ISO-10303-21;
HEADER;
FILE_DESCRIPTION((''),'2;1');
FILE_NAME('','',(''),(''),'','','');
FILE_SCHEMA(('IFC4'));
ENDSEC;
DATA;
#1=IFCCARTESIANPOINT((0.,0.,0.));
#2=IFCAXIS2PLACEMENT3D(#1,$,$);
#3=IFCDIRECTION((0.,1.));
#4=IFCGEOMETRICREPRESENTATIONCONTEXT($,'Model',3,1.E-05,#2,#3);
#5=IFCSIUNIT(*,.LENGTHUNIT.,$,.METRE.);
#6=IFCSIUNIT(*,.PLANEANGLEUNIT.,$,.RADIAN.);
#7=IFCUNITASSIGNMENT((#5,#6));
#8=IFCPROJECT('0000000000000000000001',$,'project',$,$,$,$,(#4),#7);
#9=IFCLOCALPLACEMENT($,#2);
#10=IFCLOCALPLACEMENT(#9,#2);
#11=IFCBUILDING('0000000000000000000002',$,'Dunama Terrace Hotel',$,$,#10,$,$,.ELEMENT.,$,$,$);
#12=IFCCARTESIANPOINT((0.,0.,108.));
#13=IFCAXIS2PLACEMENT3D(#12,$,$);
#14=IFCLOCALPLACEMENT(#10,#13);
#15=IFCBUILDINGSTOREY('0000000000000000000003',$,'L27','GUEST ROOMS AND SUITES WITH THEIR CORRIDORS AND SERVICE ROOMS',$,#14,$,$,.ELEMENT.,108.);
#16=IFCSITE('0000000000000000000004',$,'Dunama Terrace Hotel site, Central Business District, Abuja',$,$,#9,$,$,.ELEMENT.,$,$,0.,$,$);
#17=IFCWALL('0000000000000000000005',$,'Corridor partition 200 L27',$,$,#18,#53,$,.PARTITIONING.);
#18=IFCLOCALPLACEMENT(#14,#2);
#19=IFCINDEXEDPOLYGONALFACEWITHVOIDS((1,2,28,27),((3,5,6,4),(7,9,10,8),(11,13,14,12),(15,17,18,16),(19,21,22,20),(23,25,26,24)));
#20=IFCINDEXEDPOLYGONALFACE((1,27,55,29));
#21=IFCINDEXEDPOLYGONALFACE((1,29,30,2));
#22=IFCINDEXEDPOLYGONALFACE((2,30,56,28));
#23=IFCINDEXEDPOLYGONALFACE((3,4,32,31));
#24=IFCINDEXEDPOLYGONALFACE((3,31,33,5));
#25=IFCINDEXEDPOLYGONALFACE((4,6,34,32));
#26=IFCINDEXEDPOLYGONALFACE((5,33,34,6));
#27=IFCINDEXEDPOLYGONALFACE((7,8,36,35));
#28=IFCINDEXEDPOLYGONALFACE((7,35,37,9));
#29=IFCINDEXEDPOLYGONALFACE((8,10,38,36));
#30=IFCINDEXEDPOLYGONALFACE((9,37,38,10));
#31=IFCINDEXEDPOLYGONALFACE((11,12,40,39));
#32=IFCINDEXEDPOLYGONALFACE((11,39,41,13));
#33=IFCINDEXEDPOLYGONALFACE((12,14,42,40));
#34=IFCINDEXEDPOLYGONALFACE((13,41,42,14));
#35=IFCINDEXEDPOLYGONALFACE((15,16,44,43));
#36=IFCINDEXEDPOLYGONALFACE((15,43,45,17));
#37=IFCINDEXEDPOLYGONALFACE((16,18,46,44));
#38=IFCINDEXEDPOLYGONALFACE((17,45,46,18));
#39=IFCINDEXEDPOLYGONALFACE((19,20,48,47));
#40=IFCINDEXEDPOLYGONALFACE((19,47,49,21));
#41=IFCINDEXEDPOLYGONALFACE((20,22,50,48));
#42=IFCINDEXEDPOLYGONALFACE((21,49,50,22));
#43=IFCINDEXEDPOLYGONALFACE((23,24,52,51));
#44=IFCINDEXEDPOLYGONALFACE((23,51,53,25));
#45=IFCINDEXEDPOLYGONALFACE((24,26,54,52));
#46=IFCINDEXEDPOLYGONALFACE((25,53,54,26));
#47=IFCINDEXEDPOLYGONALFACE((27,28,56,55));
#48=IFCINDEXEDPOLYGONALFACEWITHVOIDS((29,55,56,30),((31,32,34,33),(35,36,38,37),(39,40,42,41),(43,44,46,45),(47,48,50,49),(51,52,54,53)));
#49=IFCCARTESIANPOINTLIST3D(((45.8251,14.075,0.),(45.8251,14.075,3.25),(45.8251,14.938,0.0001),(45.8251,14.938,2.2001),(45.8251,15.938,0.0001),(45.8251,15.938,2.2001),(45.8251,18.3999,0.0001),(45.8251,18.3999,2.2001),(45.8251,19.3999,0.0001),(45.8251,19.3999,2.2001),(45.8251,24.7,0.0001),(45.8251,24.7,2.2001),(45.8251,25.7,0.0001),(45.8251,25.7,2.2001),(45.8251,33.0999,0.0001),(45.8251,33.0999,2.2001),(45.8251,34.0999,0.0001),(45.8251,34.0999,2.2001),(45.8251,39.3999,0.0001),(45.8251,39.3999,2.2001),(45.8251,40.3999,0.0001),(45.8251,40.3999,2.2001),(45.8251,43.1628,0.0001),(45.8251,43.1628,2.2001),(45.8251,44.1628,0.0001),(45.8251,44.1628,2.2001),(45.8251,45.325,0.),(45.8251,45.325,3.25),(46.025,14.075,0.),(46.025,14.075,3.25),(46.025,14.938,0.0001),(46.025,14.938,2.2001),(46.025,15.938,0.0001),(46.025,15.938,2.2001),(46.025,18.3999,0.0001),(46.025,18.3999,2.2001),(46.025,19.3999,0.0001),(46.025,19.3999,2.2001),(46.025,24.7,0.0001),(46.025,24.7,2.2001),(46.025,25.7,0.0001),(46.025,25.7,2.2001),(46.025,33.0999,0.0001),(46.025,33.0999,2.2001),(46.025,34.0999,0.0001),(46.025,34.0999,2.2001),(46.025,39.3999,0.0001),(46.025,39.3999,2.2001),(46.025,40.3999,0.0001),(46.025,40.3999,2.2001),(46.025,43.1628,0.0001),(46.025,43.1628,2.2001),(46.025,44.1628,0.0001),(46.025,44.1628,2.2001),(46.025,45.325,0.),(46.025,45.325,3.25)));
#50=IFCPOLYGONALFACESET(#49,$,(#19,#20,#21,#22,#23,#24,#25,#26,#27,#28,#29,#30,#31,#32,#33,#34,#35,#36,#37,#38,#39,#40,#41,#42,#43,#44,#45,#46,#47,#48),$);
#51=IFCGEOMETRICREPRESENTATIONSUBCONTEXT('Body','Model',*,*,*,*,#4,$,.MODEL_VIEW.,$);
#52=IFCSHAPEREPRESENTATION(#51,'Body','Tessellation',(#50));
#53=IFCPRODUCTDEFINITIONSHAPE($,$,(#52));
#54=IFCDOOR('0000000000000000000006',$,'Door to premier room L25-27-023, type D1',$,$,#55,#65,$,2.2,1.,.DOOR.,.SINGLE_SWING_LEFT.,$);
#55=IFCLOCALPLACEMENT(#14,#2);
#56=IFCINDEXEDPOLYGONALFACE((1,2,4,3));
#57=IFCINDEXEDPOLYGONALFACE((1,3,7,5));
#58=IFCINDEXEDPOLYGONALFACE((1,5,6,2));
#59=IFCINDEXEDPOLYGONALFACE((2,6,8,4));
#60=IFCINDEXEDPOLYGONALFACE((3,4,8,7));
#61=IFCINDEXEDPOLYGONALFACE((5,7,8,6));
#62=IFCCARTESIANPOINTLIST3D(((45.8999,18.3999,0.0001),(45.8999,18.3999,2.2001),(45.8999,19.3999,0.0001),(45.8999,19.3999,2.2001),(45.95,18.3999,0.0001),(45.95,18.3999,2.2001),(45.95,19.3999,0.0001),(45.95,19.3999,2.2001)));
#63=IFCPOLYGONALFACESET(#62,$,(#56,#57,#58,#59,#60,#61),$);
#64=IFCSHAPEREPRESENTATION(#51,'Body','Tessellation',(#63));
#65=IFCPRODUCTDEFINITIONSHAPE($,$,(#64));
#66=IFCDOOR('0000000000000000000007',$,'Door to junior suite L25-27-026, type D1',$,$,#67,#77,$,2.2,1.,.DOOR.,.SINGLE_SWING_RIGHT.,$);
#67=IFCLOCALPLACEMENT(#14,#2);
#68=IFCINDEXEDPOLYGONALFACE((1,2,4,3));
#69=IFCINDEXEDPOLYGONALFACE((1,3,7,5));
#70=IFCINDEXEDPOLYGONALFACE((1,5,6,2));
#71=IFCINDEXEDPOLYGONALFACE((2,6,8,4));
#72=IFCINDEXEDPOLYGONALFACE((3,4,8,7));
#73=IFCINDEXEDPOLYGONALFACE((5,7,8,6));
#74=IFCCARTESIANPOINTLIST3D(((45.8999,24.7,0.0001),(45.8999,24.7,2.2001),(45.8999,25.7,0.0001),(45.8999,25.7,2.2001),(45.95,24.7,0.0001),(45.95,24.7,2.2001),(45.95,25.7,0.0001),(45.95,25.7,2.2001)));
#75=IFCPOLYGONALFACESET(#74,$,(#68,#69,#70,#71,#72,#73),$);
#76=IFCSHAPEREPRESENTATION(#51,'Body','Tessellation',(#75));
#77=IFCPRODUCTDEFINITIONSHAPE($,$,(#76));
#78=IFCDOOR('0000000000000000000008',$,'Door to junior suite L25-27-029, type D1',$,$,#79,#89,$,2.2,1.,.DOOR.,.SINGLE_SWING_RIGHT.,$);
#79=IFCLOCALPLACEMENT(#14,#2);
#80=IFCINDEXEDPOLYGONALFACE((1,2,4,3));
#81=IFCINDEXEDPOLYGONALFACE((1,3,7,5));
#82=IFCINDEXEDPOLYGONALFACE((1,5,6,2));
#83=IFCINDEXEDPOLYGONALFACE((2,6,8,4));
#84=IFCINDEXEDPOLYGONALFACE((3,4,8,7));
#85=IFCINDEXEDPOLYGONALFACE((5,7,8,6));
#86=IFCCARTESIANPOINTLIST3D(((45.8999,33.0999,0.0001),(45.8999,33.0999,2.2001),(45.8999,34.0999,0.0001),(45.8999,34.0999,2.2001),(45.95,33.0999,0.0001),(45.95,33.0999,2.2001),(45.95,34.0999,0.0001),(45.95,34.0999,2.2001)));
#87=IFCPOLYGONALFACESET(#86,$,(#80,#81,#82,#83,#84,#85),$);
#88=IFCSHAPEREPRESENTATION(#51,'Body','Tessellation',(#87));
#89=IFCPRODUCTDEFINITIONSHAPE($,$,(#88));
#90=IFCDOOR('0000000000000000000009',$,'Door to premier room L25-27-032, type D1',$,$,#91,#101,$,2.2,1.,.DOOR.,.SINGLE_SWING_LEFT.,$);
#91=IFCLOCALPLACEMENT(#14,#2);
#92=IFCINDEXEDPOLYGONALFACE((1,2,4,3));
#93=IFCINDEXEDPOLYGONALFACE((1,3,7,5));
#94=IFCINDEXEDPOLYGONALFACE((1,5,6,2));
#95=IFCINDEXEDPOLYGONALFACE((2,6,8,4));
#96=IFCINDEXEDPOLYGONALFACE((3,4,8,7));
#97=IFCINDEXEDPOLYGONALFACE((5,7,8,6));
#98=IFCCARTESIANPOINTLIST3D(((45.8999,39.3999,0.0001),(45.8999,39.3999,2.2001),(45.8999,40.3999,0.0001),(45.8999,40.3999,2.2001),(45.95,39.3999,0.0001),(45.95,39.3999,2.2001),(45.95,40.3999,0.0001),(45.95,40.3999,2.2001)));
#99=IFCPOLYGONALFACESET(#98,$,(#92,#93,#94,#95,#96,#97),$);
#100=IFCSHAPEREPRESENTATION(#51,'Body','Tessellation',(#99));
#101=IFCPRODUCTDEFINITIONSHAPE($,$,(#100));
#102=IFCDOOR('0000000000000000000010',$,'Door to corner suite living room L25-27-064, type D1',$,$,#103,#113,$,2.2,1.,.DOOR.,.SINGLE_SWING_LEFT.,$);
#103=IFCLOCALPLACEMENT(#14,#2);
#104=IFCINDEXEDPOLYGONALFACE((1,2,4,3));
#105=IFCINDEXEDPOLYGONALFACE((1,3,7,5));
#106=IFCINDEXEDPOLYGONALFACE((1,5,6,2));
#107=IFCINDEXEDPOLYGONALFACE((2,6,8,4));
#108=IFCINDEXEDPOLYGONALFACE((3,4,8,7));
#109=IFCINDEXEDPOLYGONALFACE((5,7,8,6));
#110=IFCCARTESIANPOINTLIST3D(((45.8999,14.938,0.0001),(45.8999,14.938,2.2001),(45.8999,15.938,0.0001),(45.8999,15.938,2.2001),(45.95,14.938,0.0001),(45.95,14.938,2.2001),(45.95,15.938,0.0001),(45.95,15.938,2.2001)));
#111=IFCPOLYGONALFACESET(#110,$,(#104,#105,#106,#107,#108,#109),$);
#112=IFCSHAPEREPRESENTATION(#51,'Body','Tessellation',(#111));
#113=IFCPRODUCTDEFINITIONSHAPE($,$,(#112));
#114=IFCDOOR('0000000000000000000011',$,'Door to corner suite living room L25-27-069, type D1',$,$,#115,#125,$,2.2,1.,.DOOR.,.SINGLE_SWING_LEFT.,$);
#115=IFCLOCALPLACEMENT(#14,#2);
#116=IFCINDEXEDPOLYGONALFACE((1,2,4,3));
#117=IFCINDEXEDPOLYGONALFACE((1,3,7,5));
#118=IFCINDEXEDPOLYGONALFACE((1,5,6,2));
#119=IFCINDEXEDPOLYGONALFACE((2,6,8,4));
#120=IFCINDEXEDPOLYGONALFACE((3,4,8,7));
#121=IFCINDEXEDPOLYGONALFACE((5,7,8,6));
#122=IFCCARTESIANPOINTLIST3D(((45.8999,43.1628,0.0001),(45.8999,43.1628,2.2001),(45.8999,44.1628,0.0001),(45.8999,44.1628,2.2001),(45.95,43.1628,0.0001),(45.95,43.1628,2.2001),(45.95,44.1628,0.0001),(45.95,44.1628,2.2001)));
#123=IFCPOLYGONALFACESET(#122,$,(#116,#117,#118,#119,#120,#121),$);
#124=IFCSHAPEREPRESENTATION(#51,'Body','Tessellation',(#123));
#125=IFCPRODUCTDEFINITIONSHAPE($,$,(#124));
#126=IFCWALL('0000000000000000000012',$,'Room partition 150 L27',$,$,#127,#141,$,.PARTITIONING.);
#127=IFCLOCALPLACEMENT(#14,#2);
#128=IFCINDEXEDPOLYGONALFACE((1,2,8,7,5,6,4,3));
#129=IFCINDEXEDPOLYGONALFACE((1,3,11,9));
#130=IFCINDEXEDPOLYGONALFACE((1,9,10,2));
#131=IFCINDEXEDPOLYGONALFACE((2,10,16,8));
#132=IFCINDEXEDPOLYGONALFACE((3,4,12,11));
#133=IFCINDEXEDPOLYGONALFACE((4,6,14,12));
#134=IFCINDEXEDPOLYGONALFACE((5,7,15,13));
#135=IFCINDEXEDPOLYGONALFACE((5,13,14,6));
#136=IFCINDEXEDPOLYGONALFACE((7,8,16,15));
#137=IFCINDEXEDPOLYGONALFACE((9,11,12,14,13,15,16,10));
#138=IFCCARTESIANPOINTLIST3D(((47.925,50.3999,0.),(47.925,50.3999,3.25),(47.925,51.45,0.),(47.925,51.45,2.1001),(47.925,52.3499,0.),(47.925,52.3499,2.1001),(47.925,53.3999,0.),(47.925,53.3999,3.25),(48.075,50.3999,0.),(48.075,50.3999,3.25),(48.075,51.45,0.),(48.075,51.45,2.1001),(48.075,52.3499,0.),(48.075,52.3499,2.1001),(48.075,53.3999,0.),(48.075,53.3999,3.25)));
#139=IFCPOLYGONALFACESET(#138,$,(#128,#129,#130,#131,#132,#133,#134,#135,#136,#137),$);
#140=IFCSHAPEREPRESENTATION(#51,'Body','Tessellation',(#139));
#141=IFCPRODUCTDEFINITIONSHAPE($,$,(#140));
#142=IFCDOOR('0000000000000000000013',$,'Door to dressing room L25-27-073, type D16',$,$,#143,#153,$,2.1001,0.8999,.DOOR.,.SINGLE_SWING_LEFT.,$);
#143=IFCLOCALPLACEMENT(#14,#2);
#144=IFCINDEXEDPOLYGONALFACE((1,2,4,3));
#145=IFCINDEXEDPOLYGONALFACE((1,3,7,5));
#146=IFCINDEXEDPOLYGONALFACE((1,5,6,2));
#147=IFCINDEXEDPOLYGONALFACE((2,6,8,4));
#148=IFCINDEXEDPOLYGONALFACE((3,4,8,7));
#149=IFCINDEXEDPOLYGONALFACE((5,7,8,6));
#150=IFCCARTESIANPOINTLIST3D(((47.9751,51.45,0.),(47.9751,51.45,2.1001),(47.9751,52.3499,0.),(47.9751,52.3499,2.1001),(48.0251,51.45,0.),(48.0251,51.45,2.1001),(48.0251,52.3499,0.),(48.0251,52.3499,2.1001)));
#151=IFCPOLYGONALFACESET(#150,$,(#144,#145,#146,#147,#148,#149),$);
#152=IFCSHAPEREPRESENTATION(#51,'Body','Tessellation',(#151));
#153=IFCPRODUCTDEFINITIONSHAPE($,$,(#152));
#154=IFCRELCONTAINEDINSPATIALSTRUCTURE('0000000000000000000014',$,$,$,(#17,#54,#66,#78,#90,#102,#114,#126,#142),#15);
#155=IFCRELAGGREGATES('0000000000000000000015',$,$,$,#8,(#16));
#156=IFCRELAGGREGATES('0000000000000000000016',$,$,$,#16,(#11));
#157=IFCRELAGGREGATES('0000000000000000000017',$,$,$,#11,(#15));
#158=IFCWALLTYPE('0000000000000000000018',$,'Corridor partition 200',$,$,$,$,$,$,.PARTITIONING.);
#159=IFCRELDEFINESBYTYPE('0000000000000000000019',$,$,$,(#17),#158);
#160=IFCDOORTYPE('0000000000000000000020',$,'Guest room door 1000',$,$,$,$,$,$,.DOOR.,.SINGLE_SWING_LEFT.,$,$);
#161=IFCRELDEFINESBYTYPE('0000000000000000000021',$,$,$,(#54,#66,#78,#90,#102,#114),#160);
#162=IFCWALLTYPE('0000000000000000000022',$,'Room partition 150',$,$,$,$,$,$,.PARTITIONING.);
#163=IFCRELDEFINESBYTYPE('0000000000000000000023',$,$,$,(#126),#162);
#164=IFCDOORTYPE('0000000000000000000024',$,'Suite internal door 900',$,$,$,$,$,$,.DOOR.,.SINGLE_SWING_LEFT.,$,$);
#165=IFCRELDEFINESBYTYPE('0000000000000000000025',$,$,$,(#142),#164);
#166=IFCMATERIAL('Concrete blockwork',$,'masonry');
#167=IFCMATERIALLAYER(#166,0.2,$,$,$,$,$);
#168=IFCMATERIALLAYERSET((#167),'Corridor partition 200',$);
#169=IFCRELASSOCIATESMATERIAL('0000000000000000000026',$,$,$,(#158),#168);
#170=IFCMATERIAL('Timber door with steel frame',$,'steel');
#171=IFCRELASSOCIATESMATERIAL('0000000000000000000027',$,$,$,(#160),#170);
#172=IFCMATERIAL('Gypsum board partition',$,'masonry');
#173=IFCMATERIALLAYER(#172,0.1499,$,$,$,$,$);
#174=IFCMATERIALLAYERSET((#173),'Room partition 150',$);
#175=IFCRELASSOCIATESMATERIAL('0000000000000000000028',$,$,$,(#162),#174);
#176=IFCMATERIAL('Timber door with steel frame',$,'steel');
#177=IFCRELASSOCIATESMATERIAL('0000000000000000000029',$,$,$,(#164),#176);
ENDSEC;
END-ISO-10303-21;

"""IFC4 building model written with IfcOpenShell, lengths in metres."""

from ifc_helpers import new_model, si_unit, direction, frame, frame_2d, origin, place, context, subcontext, project, spatial, rectangle, extrude, material, layer, layer_set, type_object, element, fill, save


model = new_model("IFC4")

# Units and contexts
model_context = context("Model", 3, precision=1e-05, world=origin(), true_north=direction((0.0, 1.0)))
body_context = subcontext(model_context, "Body", "Model", "MODEL_VIEW")
ifc_project = project(units=[si_unit("LENGTHUNIT", "METRE"), si_unit("PLANEANGLEUNIT", "RADIAN")], contexts=[model_context])

# Site, building, storey
site_placement = place(None, origin())
site = spatial("IfcSite", under=ifc_project, at=site_placement, Name="Dunama Terrace Hotel site, Central Business District, Abuja", CompositionType="ELEMENT", RefElevation=0.0)
building_placement = place(site_placement, origin())
building = spatial("IfcBuilding", under=site, at=building_placement, Name="Dunama Terrace Hotel", CompositionType="ELEMENT")
storey_placement = place(building_placement, frame((0.0, 0.0, 108.0)))
storey = spatial("IfcBuildingStorey", under=building, at=storey_placement, Name="L27", Description="GUEST ROOMS AND SUITES WITH THEIR CORRIDORS AND SERVICE ROOMS", CompositionType="ELEMENT", Elevation=108.0)

# Wall, openings, doors
ifc_material_1 = material(Name="Concrete blockwork", Category="masonry")
ifc_layer_1 = layer(ifc_material_1, 0.2)
ifc_layer_set_1 = layer_set([ifc_layer_1], Name="Corridor partition 200")
wall_type_1 = type_object("IfcWallType", Name="Corridor partition 200", PredefinedType="PARTITIONING", material=ifc_layer_set_1)
wall_1_placement = place(storey_placement, frame((45.925, 45.325, 0.0), z_axis=(0.0, 0.0, 1.0), x_axis=(0.0, -1.0, 0.0)))
wall_1 = element("IfcWall", 1, at=wall_1_placement, inside=storey, type_object=wall_type_1, Name="Corridor partition 200 L27", PredefinedType="PARTITIONING", context=body_context, shape_type="SweptSolid", body=[
    extrude(rectangle(XDim=31.25, YDim=0.2, at=frame_2d((15.625, 0.0))), origin(), (0.0, 0.0, 1.0), 3.25),
])
opening_1_placement = place(wall_1_placement, frame((25.925, 0.0, 0.0)))
opening_1 = element("IfcOpeningElement", 2, at=opening_1_placement, cuts=wall_1, PredefinedType="OPENING", context=body_context, shape_type="SweptSolid", body=[
    extrude(rectangle(XDim=1.0, YDim=2.2, at=frame_2d((0.5, 1.1001))), frame((0.0, 0.1099, 0.0), z_axis=(0.0, -1.0, 0.0), x_axis=(1.0, 0.0, 0.0)), (0.0, 0.0, 1.0), 0.22),
])
opening_2_placement = place(wall_1_placement, frame((19.625, 0.0, 0.0)))
opening_2 = element("IfcOpeningElement", 3, at=opening_2_placement, cuts=wall_1, PredefinedType="OPENING", context=body_context, shape_type="SweptSolid", body=[
    extrude(rectangle(XDim=1.0, YDim=2.2, at=frame_2d((0.5, 1.1001))), frame((0.0, 0.1099, 0.0), z_axis=(0.0, -1.0, 0.0), x_axis=(1.0, 0.0, 0.0)), (0.0, 0.0, 1.0), 0.22),
])
opening_3_placement = place(wall_1_placement, frame((11.2251, 0.0, 0.0)))
opening_3 = element("IfcOpeningElement", 4, at=opening_3_placement, cuts=wall_1, PredefinedType="OPENING", context=body_context, shape_type="SweptSolid", body=[
    extrude(rectangle(XDim=1.0, YDim=2.2, at=frame_2d((0.5, 1.1001))), frame((0.0, 0.1099, 0.0), z_axis=(0.0, -1.0, 0.0), x_axis=(1.0, 0.0, 0.0)), (0.0, 0.0, 1.0), 0.22),
])
opening_4_placement = place(wall_1_placement, frame((4.925, 0.0, 0.0)))
opening_4 = element("IfcOpeningElement", 5, at=opening_4_placement, cuts=wall_1, PredefinedType="OPENING", context=body_context, shape_type="SweptSolid", body=[
    extrude(rectangle(XDim=1.0, YDim=2.2, at=frame_2d((0.5, 1.1001))), frame((0.0, 0.1099, 0.0), z_axis=(0.0, -1.0, 0.0), x_axis=(1.0, 0.0, 0.0)), (0.0, 0.0, 1.0), 0.22),
])
opening_5_placement = place(wall_1_placement, frame((29.387, 0.0, 0.0)))
opening_5 = element("IfcOpeningElement", 6, at=opening_5_placement, cuts=wall_1, PredefinedType="OPENING", context=body_context, shape_type="SweptSolid", body=[
    extrude(rectangle(XDim=1.0, YDim=2.2, at=frame_2d((0.5, 1.1001))), frame((0.0, 0.1099, 0.0), z_axis=(0.0, -1.0, 0.0), x_axis=(1.0, 0.0, 0.0)), (0.0, 0.0, 1.0), 0.22),
])
opening_6_placement = place(wall_1_placement, frame((1.1621, 0.0, 0.0)))
opening_6 = element("IfcOpeningElement", 7, at=opening_6_placement, cuts=wall_1, PredefinedType="OPENING", context=body_context, shape_type="SweptSolid", body=[
    extrude(rectangle(XDim=1.0, YDim=2.2, at=frame_2d((0.5, 1.1001))), frame((0.0, 0.1099, 0.0), z_axis=(0.0, -1.0, 0.0), x_axis=(1.0, 0.0, 0.0)), (0.0, 0.0, 1.0), 0.22),
])
ifc_material_2 = material(Name="Timber door with steel frame", Category="steel")
door_type_1 = type_object("IfcDoorType", Name="Guest room door 1000", OperationType="SINGLE_SWING_LEFT", PredefinedType="DOOR", material=ifc_material_2)
door_1_placement = place(opening_1_placement, origin())
door_1 = element("IfcDoor", 8, at=door_1_placement, inside=storey, type_object=door_type_1, Name="Door to premier room L25-27-023, type D1", OperationType="SINGLE_SWING_LEFT", OverallHeight=2.2, OverallWidth=1.0, PredefinedType="DOOR", context=body_context, shape_type="SweptSolid", body=[
    extrude(rectangle(XDim=1.0, YDim=2.2, at=frame_2d((0.5, 1.1001))), frame((0.0, 0.0249, 0.0), z_axis=(0.0, -1.0, 0.0), x_axis=(1.0, 0.0, 0.0)), (0.0, 0.0, 1.0), 0.05),
])
fill(opening_1, door_1)
door_2_placement = place(opening_2_placement, origin())
door_2 = element("IfcDoor", 9, at=door_2_placement, inside=storey, type_object=door_type_1, Name="Door to junior suite L25-27-026, type D1", OperationType="SINGLE_SWING_RIGHT", OverallHeight=2.2, OverallWidth=1.0, PredefinedType="DOOR", context=body_context, shape_type="SweptSolid", body=[
    extrude(rectangle(XDim=1.0, YDim=2.2, at=frame_2d((0.5, 1.1001))), frame((0.0, 0.0249, 0.0), z_axis=(0.0, -1.0, 0.0), x_axis=(1.0, 0.0, 0.0)), (0.0, 0.0, 1.0), 0.05),
])
fill(opening_2, door_2)
door_3_placement = place(opening_3_placement, origin())
door_3 = element("IfcDoor", 10, at=door_3_placement, inside=storey, type_object=door_type_1, Name="Door to junior suite L25-27-029, type D1", OperationType="SINGLE_SWING_RIGHT", OverallHeight=2.2, OverallWidth=1.0, PredefinedType="DOOR", context=body_context, shape_type="SweptSolid", body=[
    extrude(rectangle(XDim=1.0, YDim=2.2, at=frame_2d((0.5, 1.1001))), frame((0.0, 0.0249, 0.0), z_axis=(0.0, -1.0, 0.0), x_axis=(1.0, 0.0, 0.0)), (0.0, 0.0, 1.0), 0.05),
])
fill(opening_3, door_3)
door_4_placement = place(opening_4_placement, origin())
door_4 = element("IfcDoor", 11, at=door_4_placement, inside=storey, type_object=door_type_1, Name="Door to premier room L25-27-032, type D1", OperationType="SINGLE_SWING_LEFT", OverallHeight=2.2, OverallWidth=1.0, PredefinedType="DOOR", context=body_context, shape_type="SweptSolid", body=[
    extrude(rectangle(XDim=1.0, YDim=2.2, at=frame_2d((0.5, 1.1001))), frame((0.0, 0.0249, 0.0), z_axis=(0.0, -1.0, 0.0), x_axis=(1.0, 0.0, 0.0)), (0.0, 0.0, 1.0), 0.05),
])
fill(opening_4, door_4)
door_5_placement = place(opening_5_placement, origin())
door_5 = element("IfcDoor", 12, at=door_5_placement, inside=storey, type_object=door_type_1, Name="Door to corner suite living room L25-27-064, type D1", OperationType="SINGLE_SWING_LEFT", OverallHeight=2.2, OverallWidth=1.0, PredefinedType="DOOR", context=body_context, shape_type="SweptSolid", body=[
    extrude(rectangle(XDim=1.0, YDim=2.2, at=frame_2d((0.5, 1.1001))), frame((0.0, 0.0249, 0.0), z_axis=(0.0, -1.0, 0.0), x_axis=(1.0, 0.0, 0.0)), (0.0, 0.0, 1.0), 0.05),
])
fill(opening_5, door_5)
door_6_placement = place(opening_6_placement, origin())
door_6 = element("IfcDoor", 13, at=door_6_placement, inside=storey, type_object=door_type_1, Name="Door to corner suite living room L25-27-069, type D1", OperationType="SINGLE_SWING_LEFT", OverallHeight=2.2, OverallWidth=1.0, PredefinedType="DOOR", context=body_context, shape_type="SweptSolid", body=[
    extrude(rectangle(XDim=1.0, YDim=2.2, at=frame_2d((0.5, 1.1001))), frame((0.0, 0.0249, 0.0), z_axis=(0.0, -1.0, 0.0), x_axis=(1.0, 0.0, 0.0)), (0.0, 0.0, 1.0), 0.05),
])
fill(opening_6, door_6)

# Wall, opening, door
ifc_material_3 = material(Name="Gypsum board partition", Category="masonry")
ifc_layer_2 = layer(ifc_material_3, 0.1499)
ifc_layer_set_2 = layer_set([ifc_layer_2], Name="Room partition 150")
wall_type_2 = type_object("IfcWallType", Name="Room partition 150", PredefinedType="PARTITIONING", material=ifc_layer_set_2)
wall_2_placement = place(storey_placement, frame((48.0, 50.3999, 0.0), z_axis=(0.0, 0.0, 1.0), x_axis=(0.0, 1.0, 0.0)))
wall_2 = element("IfcWall", 14, at=wall_2_placement, inside=storey, type_object=wall_type_2, Name="Room partition 150 L27", PredefinedType="PARTITIONING", context=body_context, shape_type="SweptSolid", body=[
    extrude(rectangle(XDim=3.0, YDim=0.1499, at=frame_2d((1.5, 0.0))), origin(), (0.0, 0.0, 1.0), 3.25),
])
opening_7_placement = place(wall_2_placement, frame((1.05, 0.0, 0.0)))
opening_7 = element("IfcOpeningElement", 15, at=opening_7_placement, cuts=wall_2, PredefinedType="OPENING", context=body_context, shape_type="SweptSolid", body=[
    extrude(rectangle(XDim=0.8999, YDim=2.1001, at=frame_2d((0.45, 1.05))), frame((0.0, 0.085, 0.0), z_axis=(0.0, -1.0, 0.0), x_axis=(1.0, 0.0, 0.0)), (0.0, 0.0, 1.0), 0.1699),
])
ifc_material_4 = material(Name="Timber door with steel frame", Category="steel")
door_type_2 = type_object("IfcDoorType", Name="Suite internal door 900", OperationType="SINGLE_SWING_LEFT", PredefinedType="DOOR", material=ifc_material_4)
door_7_placement = place(opening_7_placement, origin())
door_7 = element("IfcDoor", 16, at=door_7_placement, inside=storey, type_object=door_type_2, Name="Door to dressing room L25-27-073, type D16", OperationType="SINGLE_SWING_LEFT", OverallHeight=2.1001, OverallWidth=0.8999, PredefinedType="DOOR", context=body_context, shape_type="SweptSolid", body=[
    extrude(rectangle(XDim=0.8999, YDim=2.1001, at=frame_2d((0.45, 1.05))), frame((0.0, 0.0249, 0.0), z_axis=(0.0, -1.0, 0.0), x_axis=(1.0, 0.0, 0.0)), (0.0, 0.0, 1.0), 0.05),
])
fill(opening_7, door_7)

save(model, "model.ifc")
